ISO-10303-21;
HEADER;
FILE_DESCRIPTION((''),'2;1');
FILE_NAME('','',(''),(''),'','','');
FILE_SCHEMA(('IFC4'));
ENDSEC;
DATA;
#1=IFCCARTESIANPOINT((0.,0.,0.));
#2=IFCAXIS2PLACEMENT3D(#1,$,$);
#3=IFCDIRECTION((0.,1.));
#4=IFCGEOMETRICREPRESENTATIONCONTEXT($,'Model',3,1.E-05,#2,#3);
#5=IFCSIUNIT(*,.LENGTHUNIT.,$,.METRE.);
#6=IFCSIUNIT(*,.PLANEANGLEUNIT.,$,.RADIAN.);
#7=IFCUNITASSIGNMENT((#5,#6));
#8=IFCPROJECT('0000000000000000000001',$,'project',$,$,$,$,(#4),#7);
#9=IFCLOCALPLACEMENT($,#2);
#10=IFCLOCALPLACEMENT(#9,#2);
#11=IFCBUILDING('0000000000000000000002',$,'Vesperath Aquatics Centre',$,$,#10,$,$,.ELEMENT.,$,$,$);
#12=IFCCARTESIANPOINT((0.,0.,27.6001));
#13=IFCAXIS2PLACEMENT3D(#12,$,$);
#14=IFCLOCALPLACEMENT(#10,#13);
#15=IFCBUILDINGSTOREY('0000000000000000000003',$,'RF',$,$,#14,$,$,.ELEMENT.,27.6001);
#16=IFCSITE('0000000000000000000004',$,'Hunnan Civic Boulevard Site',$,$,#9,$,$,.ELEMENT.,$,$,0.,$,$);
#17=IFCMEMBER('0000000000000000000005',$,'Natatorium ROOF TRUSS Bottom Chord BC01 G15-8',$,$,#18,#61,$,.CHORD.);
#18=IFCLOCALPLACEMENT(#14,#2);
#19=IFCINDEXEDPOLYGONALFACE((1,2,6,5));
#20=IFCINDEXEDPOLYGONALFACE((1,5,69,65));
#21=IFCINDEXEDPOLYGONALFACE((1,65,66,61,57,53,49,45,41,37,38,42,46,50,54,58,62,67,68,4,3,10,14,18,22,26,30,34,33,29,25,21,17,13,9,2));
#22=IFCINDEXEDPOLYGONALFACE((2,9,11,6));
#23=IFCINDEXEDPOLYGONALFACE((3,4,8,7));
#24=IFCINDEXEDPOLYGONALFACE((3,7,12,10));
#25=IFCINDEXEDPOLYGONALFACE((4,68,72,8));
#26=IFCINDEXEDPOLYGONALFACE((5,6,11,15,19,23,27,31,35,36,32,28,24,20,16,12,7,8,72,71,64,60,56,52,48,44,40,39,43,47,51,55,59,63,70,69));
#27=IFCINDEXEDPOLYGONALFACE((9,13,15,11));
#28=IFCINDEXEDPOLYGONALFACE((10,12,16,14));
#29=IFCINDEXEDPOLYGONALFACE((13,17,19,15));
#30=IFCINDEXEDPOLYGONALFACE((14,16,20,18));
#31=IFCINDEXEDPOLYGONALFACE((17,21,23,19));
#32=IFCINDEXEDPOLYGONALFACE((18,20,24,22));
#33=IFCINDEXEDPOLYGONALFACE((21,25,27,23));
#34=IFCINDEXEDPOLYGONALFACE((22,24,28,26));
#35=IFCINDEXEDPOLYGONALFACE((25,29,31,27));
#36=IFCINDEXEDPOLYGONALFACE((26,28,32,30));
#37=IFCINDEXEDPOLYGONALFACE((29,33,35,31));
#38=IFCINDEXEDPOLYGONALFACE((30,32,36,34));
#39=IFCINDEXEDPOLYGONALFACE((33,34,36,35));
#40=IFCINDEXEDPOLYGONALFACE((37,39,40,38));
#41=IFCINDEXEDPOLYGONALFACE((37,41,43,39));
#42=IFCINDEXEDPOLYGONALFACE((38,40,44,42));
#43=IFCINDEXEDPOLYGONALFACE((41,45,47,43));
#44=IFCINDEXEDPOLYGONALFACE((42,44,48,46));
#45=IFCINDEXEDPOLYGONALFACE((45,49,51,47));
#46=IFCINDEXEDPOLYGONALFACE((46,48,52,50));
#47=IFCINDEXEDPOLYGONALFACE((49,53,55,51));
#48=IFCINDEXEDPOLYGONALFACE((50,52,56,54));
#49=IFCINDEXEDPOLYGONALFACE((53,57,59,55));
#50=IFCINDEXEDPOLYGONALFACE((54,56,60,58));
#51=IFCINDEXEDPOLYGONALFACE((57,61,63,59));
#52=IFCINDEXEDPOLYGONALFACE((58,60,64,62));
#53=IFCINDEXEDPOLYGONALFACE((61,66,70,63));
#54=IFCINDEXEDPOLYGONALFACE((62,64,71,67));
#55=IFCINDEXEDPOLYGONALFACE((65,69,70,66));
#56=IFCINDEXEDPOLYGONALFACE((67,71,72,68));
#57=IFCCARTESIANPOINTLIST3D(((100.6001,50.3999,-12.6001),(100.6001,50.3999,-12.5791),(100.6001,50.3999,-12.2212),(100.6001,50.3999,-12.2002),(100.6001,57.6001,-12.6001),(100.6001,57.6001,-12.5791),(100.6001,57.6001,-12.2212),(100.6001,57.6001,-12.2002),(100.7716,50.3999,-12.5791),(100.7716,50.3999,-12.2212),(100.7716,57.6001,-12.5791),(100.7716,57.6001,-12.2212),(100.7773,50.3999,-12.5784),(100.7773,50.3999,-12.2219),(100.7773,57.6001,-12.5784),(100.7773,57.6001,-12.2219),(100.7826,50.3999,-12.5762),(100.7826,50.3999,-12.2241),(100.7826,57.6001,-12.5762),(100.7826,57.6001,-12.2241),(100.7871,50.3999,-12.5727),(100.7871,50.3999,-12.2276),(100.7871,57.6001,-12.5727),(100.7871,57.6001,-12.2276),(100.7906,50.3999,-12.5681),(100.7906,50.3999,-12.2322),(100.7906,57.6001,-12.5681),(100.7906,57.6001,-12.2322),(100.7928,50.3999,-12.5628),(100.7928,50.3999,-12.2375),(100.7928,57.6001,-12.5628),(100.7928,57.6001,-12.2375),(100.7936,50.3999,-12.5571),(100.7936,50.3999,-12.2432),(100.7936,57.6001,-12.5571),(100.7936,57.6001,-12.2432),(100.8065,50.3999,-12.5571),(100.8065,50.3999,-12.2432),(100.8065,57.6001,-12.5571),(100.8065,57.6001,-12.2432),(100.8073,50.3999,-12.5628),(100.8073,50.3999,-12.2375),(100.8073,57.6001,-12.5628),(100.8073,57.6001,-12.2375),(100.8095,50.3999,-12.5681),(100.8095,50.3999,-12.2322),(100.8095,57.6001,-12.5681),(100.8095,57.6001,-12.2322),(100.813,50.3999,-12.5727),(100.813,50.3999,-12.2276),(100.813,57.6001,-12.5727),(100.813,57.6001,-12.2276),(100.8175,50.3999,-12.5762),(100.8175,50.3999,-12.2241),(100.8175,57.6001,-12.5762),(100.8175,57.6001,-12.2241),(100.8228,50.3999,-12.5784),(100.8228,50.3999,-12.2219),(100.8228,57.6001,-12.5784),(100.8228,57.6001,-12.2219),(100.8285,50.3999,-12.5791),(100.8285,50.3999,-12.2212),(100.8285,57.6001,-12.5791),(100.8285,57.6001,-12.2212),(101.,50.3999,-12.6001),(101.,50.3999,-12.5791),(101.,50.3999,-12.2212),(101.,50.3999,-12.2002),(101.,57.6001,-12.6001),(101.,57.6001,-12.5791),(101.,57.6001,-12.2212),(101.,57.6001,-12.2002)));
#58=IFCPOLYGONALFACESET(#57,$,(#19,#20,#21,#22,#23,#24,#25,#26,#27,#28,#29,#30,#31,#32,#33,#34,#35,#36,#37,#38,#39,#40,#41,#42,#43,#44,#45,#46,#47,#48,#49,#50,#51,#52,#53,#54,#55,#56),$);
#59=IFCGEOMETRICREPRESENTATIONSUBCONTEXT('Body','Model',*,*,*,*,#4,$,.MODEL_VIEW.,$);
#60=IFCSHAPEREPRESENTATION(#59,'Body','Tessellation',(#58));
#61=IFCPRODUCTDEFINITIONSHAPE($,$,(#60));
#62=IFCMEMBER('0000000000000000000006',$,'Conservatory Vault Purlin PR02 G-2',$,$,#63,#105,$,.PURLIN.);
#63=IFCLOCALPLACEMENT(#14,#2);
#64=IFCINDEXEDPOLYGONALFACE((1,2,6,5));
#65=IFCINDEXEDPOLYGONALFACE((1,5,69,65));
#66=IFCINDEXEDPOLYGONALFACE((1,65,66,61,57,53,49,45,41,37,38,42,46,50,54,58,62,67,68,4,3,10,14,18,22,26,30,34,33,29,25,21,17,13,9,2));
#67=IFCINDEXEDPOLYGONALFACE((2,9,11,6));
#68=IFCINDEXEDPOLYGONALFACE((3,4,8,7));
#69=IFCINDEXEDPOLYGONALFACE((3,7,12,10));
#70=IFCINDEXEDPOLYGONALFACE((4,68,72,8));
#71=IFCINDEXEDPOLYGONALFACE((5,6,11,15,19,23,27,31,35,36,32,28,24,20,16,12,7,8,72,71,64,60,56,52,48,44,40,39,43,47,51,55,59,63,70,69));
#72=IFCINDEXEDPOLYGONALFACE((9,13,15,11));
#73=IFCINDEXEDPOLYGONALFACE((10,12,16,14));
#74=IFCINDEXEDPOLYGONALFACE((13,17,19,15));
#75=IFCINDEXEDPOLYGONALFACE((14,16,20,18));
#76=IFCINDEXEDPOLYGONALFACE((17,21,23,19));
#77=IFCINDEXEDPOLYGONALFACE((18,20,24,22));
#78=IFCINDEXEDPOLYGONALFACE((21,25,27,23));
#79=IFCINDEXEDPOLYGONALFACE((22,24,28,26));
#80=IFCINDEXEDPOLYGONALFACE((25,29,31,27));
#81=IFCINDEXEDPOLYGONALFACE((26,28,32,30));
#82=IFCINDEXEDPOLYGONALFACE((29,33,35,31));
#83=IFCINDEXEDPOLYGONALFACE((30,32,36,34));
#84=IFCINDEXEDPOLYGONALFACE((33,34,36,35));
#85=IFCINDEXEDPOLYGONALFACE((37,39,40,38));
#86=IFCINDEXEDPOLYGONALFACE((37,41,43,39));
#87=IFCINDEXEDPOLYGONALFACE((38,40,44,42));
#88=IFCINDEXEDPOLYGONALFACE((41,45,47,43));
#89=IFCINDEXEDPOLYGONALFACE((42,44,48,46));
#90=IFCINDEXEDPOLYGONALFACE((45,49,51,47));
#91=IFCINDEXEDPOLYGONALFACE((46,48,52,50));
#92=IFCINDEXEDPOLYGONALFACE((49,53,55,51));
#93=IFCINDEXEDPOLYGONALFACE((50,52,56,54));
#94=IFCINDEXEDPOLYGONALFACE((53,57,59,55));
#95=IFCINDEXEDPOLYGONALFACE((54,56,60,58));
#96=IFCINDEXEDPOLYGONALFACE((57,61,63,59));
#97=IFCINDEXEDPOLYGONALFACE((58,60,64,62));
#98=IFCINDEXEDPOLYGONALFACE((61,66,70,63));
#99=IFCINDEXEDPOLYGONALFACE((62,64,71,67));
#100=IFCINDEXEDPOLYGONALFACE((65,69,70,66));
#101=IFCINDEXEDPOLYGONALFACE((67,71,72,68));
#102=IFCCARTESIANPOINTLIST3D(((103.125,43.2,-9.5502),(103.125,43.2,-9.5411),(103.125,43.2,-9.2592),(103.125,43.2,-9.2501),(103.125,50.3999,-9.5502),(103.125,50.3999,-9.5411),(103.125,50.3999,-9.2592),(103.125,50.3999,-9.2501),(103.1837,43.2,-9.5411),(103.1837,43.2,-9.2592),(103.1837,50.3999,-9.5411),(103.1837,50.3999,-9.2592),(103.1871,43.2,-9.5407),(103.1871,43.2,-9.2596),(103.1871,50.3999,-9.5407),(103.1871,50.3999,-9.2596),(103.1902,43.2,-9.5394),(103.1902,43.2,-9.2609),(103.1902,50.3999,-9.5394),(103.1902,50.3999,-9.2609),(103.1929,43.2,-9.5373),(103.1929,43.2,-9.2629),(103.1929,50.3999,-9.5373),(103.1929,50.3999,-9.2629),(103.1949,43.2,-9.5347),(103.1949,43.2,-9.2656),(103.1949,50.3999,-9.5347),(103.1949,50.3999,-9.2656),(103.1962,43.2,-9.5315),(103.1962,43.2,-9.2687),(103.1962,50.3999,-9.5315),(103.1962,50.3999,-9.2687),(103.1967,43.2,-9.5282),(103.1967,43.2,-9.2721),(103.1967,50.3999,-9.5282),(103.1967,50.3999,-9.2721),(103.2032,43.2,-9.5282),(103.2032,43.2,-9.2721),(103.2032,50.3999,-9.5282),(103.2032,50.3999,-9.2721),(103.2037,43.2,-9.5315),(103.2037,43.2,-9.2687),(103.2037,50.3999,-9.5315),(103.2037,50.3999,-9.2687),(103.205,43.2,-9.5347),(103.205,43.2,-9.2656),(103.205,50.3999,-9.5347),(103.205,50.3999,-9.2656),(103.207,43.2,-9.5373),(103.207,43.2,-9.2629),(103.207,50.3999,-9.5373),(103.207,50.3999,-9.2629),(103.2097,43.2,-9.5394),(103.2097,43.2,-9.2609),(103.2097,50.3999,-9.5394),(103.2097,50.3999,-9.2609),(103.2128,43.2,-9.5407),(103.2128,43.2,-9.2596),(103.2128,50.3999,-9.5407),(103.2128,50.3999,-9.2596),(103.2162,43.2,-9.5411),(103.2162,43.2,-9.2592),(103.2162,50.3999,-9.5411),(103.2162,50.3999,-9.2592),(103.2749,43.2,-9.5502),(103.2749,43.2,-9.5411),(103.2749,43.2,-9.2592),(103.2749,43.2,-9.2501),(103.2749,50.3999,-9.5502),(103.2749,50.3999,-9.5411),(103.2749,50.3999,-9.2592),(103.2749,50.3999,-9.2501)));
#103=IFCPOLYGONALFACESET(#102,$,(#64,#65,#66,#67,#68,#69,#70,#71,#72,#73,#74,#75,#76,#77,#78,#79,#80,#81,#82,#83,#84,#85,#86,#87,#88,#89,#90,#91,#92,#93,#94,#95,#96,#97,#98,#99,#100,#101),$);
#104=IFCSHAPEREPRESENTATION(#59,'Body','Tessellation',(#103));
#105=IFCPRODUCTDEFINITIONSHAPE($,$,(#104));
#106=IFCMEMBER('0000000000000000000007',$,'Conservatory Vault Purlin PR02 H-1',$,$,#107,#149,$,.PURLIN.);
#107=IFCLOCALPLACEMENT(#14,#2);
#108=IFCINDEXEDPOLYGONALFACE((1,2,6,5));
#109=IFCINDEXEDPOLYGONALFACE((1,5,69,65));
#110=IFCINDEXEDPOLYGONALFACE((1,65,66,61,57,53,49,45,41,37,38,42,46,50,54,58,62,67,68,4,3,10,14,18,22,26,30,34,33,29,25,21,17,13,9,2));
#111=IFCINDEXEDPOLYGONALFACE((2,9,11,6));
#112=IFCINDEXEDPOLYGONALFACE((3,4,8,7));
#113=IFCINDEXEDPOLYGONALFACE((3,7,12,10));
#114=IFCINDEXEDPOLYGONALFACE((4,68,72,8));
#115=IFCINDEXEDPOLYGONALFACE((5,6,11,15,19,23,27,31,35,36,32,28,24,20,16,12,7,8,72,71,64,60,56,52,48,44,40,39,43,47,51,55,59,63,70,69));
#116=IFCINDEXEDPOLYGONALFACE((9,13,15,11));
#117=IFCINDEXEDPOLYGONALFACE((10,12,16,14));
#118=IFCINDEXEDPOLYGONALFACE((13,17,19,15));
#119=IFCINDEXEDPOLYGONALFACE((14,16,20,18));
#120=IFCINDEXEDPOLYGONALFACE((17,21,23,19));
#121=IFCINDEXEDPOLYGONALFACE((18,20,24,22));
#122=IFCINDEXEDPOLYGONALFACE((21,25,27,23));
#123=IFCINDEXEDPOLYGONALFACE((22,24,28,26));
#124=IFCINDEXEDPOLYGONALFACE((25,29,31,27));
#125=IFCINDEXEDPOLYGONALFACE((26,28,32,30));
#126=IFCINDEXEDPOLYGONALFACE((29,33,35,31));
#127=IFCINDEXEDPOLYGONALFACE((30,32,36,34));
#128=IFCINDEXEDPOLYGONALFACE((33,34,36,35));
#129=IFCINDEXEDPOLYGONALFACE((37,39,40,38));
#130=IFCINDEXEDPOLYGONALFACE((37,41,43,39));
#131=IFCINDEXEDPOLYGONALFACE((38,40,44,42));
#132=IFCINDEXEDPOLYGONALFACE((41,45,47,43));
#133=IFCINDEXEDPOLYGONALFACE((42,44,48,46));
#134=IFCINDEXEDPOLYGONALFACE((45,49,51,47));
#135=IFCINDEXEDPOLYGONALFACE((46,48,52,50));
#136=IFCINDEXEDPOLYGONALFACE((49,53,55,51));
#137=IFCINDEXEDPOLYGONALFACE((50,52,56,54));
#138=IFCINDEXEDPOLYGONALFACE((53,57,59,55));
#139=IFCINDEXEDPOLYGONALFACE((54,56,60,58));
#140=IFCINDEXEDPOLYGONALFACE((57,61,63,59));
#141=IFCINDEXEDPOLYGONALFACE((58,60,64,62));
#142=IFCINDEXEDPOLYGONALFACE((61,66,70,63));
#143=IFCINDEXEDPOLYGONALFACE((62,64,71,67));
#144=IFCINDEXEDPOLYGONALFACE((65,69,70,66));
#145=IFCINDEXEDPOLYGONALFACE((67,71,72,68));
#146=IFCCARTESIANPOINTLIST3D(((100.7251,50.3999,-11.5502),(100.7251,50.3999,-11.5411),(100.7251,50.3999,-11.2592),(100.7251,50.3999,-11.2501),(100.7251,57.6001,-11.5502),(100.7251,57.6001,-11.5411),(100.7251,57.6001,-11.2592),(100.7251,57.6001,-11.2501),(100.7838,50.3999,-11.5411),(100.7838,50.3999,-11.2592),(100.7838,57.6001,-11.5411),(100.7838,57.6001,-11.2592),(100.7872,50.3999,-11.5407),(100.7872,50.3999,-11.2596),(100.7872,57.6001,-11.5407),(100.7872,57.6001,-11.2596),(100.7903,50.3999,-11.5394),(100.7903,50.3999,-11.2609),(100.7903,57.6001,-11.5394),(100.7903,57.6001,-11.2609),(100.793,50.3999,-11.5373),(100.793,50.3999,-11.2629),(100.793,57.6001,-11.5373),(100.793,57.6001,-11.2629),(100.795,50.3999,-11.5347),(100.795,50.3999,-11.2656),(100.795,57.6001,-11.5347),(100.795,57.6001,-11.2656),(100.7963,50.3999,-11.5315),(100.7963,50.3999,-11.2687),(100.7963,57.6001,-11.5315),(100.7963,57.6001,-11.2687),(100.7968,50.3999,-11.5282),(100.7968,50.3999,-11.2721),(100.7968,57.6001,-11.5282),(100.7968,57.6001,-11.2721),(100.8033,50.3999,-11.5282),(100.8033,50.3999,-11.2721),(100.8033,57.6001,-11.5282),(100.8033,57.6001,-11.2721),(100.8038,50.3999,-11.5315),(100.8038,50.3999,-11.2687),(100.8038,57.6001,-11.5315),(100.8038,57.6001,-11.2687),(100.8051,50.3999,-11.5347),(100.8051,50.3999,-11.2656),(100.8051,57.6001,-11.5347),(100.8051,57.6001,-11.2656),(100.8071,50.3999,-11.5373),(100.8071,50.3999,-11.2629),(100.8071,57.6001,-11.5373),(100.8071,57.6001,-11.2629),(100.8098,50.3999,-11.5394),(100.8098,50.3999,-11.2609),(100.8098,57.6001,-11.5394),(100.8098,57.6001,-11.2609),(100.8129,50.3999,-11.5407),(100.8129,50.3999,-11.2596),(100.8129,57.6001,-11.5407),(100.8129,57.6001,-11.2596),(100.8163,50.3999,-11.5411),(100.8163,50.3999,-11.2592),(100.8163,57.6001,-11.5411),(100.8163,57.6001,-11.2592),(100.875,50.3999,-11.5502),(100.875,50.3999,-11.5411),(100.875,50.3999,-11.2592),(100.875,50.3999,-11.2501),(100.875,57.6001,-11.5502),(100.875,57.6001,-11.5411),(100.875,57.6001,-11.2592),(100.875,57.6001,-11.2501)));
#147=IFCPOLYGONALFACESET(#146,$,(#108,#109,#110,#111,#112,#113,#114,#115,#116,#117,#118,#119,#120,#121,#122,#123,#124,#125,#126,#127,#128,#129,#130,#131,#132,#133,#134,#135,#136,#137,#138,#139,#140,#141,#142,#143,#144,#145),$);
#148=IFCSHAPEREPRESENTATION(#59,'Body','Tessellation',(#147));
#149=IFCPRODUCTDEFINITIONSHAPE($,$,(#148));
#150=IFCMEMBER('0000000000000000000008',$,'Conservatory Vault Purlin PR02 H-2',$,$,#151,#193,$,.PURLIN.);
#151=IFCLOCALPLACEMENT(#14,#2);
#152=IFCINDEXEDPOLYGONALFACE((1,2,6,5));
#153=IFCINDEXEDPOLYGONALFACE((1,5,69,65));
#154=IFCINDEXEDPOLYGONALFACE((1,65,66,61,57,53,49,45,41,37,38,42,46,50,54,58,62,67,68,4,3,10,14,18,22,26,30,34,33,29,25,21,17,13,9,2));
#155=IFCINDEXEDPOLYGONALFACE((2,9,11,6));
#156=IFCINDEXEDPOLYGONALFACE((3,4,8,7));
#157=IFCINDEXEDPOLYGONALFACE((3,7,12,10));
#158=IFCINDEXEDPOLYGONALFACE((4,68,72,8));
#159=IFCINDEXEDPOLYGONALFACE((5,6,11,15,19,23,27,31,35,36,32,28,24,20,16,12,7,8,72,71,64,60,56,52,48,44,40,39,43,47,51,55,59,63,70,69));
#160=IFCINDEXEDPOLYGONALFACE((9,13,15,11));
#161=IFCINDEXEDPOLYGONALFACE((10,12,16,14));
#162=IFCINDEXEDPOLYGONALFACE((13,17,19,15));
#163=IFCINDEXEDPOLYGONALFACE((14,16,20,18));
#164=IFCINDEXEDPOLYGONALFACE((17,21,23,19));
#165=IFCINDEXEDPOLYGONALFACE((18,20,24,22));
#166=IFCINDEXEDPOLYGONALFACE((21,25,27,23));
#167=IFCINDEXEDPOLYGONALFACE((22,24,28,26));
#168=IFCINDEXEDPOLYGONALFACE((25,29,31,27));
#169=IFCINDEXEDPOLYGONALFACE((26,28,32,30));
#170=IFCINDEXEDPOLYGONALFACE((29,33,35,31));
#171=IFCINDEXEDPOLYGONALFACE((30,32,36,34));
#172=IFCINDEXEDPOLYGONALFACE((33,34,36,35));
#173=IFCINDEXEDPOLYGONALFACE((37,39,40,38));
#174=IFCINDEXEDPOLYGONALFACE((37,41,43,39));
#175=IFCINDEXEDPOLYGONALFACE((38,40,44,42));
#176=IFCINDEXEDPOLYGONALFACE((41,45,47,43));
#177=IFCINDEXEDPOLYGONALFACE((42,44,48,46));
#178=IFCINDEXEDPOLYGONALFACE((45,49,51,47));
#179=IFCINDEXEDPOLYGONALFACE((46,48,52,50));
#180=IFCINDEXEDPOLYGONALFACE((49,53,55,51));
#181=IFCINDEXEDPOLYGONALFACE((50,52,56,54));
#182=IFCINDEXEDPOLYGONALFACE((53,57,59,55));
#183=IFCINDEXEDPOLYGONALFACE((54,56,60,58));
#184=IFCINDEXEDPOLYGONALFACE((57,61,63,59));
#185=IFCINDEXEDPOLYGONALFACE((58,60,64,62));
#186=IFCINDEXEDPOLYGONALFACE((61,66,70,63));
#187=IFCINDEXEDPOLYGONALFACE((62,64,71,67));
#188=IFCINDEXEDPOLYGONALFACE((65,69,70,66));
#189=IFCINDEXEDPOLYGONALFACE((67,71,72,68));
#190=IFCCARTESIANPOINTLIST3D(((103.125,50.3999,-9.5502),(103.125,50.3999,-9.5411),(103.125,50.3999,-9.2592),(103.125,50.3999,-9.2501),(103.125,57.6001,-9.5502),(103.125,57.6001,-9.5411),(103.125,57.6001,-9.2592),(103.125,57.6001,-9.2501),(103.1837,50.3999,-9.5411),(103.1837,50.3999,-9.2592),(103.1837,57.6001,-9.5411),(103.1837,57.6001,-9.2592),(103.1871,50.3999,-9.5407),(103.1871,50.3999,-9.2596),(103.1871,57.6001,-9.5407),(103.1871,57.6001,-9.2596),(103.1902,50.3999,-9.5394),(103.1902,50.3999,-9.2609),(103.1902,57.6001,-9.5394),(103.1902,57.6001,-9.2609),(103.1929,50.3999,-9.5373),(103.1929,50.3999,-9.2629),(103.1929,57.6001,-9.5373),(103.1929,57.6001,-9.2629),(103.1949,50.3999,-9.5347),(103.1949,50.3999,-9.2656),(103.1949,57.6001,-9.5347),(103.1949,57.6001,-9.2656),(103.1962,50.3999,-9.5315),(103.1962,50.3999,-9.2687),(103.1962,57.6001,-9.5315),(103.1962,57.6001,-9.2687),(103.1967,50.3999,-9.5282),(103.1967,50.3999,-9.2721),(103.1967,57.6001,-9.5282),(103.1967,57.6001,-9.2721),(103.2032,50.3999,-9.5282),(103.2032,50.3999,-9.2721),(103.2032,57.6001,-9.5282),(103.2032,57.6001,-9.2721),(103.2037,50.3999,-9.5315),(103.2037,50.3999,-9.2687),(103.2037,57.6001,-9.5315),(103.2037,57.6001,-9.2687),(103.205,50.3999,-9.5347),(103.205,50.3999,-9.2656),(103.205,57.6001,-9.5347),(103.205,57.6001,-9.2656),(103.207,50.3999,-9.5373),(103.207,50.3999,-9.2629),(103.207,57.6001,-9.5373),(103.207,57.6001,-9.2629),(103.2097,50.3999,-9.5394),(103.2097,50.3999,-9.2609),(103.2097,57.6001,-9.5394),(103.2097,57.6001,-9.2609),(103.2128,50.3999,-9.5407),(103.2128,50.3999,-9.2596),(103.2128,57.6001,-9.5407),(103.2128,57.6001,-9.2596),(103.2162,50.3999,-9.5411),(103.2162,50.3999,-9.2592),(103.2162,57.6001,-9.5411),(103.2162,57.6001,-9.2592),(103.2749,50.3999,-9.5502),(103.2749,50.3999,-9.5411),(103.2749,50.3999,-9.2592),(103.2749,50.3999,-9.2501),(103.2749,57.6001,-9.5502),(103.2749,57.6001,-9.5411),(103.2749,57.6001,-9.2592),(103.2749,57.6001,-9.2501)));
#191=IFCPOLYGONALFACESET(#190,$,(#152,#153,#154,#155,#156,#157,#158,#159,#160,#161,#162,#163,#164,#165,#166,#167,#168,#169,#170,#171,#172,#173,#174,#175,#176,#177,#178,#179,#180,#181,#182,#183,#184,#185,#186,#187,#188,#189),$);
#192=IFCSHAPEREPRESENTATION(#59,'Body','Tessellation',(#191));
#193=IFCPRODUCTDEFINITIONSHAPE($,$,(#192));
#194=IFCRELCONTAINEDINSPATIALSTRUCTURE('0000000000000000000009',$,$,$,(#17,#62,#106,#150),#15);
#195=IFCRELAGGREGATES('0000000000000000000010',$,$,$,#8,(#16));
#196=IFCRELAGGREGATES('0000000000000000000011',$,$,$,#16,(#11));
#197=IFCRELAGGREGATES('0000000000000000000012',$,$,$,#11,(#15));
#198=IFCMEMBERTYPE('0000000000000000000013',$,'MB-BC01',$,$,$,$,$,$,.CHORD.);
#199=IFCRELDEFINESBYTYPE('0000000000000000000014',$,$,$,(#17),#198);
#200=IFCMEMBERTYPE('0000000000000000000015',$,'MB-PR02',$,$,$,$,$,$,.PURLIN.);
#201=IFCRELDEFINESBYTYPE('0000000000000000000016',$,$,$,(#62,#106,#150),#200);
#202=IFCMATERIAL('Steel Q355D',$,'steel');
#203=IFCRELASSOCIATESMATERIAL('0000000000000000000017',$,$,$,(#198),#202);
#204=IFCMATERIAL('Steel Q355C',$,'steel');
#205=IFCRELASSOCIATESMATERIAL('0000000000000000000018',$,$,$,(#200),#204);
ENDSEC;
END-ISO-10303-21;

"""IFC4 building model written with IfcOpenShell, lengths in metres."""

from ifc_helpers import new_model, si_unit, direction, frame, origin, origin_2d, place, context, subcontext, project, spatial, i_section, extrude, material, material_profile, profile_set, type_object, element, save


model = new_model("IFC4")

# Units and contexts
model_context = context("Model", 3, precision=1e-05, world=origin(), true_north=direction((0.0, 1.0)))
body_context = subcontext(model_context, "Body", "Model", "MODEL_VIEW")
ifc_project = project(units=[si_unit("LENGTHUNIT", "METRE"), si_unit("PLANEANGLEUNIT", "RADIAN")], contexts=[model_context])

# Site, building, storey
site_placement = place(None, origin())
site = spatial("IfcSite", under=ifc_project, at=site_placement, Name="Hunnan Civic Boulevard Site", CompositionType="ELEMENT", RefElevation=0.0)
building_placement = place(site_placement, origin())
building = spatial("IfcBuilding", under=site, at=building_placement, Name="Vesperath Aquatics Centre", CompositionType="ELEMENT")
storey_placement = place(building_placement, frame((0.0, 0.0, 27.6001)))
storey = spatial("IfcBuildingStorey", under=building, at=storey_placement, Name="RF", CompositionType="ELEMENT", Elevation=27.6001)

# Shared definitions
ifc_material_1 = material(Name="Steel Q355D", Category="steel")

# Members
ifc_material_profile_1 = material_profile(ifc_material_1, i_section(OverallWidth=0.3999, OverallDepth=0.3999, WebThickness=0.0129, FlangeThickness=0.021, FilletRadius=0.022, at=origin_2d()), Name="HW 400x400x13x21")
ifc_profile_set_1 = profile_set([ifc_material_profile_1], Name="Steel Q355D")
member_type_1 = type_object("IfcMemberType", Name="MB-BC01", PredefinedType="CHORD", material=ifc_profile_set_1)
member_1_placement = place(storey_placement, frame((100.8, 50.3999, -12.4001), z_axis=(0.0, 1.0, 0.0), x_axis=(-1.0, 0.0, 0.0)))
element("IfcMember", 1, at=member_1_placement, inside=storey, type_object=member_type_1, Name="Natatorium ROOF TRUSS Bottom Chord BC01 G15-8", PredefinedType="CHORD", context=body_context, shape_type="SweptSolid", body=[
    extrude(i_section(OverallWidth=0.3999, OverallDepth=0.3999, WebThickness=0.0129, FlangeThickness=0.021, FilletRadius=0.022, at=origin_2d()), origin(), (0.0, 0.0, 1.0), 7.2002),
])
ifc_material_2 = material(Name="Steel Q355C", Category="steel")
ifc_material_profile_2 = material_profile(ifc_material_2, i_section(OverallWidth=0.1499, OverallDepth=0.3, WebThickness=0.0066, FlangeThickness=0.009, FilletRadius=0.0129, at=origin_2d()), Name="HN 300x150x6.5x9")
ifc_profile_set_2 = profile_set([ifc_material_profile_2], Name="Steel Q355C")
member_type_2 = type_object("IfcMemberType", Name="MB-PR02", PredefinedType="PURLIN", material=ifc_profile_set_2)
member_2_placement = place(storey_placement, frame((103.2, 43.2, -9.4001), z_axis=(0.0, 1.0, 0.0), x_axis=(-1.0, 0.0, 0.0)))
element("IfcMember", 2, at=member_2_placement, inside=storey, type_object=member_type_2, Name="Conservatory Vault Purlin PR02 G-2", PredefinedType="PURLIN", context=body_context, shape_type="SweptSolid", body=[
    extrude(i_section(OverallWidth=0.1499, OverallDepth=0.3, WebThickness=0.0066, FlangeThickness=0.009, FilletRadius=0.0129, at=origin_2d()), origin(), (0.0, 0.0, 1.0), 7.2),
])
for number, where, z_axis, x_axis, name in (
    (3, (100.8, 50.3999, -11.4001), (0.0, 1.0, 0.0), (-1.0, 0.0, 0.0), "Conservatory Vault Purlin PR02 H-1"),
    (4, (103.2, 50.3999, -9.4001), (0.0, 1.0, 0.0), (-1.0, 0.0, 0.0), "Conservatory Vault Purlin PR02 H-2"),
):
    element("IfcMember", number, at=place(storey_placement, frame(where, z_axis=z_axis, x_axis=x_axis)), inside=storey, type_object=member_type_2, Name=name, PredefinedType="PURLIN", context=body_context, shape_type="SweptSolid", body=[
        extrude(i_section(OverallWidth=0.1499, OverallDepth=0.3, WebThickness=0.0066, FlangeThickness=0.009, FilletRadius=0.0129, at=origin_2d()), origin(), (0.0, 0.0, 1.0), 7.2002),
    ])

save(model, "model.ifc")
